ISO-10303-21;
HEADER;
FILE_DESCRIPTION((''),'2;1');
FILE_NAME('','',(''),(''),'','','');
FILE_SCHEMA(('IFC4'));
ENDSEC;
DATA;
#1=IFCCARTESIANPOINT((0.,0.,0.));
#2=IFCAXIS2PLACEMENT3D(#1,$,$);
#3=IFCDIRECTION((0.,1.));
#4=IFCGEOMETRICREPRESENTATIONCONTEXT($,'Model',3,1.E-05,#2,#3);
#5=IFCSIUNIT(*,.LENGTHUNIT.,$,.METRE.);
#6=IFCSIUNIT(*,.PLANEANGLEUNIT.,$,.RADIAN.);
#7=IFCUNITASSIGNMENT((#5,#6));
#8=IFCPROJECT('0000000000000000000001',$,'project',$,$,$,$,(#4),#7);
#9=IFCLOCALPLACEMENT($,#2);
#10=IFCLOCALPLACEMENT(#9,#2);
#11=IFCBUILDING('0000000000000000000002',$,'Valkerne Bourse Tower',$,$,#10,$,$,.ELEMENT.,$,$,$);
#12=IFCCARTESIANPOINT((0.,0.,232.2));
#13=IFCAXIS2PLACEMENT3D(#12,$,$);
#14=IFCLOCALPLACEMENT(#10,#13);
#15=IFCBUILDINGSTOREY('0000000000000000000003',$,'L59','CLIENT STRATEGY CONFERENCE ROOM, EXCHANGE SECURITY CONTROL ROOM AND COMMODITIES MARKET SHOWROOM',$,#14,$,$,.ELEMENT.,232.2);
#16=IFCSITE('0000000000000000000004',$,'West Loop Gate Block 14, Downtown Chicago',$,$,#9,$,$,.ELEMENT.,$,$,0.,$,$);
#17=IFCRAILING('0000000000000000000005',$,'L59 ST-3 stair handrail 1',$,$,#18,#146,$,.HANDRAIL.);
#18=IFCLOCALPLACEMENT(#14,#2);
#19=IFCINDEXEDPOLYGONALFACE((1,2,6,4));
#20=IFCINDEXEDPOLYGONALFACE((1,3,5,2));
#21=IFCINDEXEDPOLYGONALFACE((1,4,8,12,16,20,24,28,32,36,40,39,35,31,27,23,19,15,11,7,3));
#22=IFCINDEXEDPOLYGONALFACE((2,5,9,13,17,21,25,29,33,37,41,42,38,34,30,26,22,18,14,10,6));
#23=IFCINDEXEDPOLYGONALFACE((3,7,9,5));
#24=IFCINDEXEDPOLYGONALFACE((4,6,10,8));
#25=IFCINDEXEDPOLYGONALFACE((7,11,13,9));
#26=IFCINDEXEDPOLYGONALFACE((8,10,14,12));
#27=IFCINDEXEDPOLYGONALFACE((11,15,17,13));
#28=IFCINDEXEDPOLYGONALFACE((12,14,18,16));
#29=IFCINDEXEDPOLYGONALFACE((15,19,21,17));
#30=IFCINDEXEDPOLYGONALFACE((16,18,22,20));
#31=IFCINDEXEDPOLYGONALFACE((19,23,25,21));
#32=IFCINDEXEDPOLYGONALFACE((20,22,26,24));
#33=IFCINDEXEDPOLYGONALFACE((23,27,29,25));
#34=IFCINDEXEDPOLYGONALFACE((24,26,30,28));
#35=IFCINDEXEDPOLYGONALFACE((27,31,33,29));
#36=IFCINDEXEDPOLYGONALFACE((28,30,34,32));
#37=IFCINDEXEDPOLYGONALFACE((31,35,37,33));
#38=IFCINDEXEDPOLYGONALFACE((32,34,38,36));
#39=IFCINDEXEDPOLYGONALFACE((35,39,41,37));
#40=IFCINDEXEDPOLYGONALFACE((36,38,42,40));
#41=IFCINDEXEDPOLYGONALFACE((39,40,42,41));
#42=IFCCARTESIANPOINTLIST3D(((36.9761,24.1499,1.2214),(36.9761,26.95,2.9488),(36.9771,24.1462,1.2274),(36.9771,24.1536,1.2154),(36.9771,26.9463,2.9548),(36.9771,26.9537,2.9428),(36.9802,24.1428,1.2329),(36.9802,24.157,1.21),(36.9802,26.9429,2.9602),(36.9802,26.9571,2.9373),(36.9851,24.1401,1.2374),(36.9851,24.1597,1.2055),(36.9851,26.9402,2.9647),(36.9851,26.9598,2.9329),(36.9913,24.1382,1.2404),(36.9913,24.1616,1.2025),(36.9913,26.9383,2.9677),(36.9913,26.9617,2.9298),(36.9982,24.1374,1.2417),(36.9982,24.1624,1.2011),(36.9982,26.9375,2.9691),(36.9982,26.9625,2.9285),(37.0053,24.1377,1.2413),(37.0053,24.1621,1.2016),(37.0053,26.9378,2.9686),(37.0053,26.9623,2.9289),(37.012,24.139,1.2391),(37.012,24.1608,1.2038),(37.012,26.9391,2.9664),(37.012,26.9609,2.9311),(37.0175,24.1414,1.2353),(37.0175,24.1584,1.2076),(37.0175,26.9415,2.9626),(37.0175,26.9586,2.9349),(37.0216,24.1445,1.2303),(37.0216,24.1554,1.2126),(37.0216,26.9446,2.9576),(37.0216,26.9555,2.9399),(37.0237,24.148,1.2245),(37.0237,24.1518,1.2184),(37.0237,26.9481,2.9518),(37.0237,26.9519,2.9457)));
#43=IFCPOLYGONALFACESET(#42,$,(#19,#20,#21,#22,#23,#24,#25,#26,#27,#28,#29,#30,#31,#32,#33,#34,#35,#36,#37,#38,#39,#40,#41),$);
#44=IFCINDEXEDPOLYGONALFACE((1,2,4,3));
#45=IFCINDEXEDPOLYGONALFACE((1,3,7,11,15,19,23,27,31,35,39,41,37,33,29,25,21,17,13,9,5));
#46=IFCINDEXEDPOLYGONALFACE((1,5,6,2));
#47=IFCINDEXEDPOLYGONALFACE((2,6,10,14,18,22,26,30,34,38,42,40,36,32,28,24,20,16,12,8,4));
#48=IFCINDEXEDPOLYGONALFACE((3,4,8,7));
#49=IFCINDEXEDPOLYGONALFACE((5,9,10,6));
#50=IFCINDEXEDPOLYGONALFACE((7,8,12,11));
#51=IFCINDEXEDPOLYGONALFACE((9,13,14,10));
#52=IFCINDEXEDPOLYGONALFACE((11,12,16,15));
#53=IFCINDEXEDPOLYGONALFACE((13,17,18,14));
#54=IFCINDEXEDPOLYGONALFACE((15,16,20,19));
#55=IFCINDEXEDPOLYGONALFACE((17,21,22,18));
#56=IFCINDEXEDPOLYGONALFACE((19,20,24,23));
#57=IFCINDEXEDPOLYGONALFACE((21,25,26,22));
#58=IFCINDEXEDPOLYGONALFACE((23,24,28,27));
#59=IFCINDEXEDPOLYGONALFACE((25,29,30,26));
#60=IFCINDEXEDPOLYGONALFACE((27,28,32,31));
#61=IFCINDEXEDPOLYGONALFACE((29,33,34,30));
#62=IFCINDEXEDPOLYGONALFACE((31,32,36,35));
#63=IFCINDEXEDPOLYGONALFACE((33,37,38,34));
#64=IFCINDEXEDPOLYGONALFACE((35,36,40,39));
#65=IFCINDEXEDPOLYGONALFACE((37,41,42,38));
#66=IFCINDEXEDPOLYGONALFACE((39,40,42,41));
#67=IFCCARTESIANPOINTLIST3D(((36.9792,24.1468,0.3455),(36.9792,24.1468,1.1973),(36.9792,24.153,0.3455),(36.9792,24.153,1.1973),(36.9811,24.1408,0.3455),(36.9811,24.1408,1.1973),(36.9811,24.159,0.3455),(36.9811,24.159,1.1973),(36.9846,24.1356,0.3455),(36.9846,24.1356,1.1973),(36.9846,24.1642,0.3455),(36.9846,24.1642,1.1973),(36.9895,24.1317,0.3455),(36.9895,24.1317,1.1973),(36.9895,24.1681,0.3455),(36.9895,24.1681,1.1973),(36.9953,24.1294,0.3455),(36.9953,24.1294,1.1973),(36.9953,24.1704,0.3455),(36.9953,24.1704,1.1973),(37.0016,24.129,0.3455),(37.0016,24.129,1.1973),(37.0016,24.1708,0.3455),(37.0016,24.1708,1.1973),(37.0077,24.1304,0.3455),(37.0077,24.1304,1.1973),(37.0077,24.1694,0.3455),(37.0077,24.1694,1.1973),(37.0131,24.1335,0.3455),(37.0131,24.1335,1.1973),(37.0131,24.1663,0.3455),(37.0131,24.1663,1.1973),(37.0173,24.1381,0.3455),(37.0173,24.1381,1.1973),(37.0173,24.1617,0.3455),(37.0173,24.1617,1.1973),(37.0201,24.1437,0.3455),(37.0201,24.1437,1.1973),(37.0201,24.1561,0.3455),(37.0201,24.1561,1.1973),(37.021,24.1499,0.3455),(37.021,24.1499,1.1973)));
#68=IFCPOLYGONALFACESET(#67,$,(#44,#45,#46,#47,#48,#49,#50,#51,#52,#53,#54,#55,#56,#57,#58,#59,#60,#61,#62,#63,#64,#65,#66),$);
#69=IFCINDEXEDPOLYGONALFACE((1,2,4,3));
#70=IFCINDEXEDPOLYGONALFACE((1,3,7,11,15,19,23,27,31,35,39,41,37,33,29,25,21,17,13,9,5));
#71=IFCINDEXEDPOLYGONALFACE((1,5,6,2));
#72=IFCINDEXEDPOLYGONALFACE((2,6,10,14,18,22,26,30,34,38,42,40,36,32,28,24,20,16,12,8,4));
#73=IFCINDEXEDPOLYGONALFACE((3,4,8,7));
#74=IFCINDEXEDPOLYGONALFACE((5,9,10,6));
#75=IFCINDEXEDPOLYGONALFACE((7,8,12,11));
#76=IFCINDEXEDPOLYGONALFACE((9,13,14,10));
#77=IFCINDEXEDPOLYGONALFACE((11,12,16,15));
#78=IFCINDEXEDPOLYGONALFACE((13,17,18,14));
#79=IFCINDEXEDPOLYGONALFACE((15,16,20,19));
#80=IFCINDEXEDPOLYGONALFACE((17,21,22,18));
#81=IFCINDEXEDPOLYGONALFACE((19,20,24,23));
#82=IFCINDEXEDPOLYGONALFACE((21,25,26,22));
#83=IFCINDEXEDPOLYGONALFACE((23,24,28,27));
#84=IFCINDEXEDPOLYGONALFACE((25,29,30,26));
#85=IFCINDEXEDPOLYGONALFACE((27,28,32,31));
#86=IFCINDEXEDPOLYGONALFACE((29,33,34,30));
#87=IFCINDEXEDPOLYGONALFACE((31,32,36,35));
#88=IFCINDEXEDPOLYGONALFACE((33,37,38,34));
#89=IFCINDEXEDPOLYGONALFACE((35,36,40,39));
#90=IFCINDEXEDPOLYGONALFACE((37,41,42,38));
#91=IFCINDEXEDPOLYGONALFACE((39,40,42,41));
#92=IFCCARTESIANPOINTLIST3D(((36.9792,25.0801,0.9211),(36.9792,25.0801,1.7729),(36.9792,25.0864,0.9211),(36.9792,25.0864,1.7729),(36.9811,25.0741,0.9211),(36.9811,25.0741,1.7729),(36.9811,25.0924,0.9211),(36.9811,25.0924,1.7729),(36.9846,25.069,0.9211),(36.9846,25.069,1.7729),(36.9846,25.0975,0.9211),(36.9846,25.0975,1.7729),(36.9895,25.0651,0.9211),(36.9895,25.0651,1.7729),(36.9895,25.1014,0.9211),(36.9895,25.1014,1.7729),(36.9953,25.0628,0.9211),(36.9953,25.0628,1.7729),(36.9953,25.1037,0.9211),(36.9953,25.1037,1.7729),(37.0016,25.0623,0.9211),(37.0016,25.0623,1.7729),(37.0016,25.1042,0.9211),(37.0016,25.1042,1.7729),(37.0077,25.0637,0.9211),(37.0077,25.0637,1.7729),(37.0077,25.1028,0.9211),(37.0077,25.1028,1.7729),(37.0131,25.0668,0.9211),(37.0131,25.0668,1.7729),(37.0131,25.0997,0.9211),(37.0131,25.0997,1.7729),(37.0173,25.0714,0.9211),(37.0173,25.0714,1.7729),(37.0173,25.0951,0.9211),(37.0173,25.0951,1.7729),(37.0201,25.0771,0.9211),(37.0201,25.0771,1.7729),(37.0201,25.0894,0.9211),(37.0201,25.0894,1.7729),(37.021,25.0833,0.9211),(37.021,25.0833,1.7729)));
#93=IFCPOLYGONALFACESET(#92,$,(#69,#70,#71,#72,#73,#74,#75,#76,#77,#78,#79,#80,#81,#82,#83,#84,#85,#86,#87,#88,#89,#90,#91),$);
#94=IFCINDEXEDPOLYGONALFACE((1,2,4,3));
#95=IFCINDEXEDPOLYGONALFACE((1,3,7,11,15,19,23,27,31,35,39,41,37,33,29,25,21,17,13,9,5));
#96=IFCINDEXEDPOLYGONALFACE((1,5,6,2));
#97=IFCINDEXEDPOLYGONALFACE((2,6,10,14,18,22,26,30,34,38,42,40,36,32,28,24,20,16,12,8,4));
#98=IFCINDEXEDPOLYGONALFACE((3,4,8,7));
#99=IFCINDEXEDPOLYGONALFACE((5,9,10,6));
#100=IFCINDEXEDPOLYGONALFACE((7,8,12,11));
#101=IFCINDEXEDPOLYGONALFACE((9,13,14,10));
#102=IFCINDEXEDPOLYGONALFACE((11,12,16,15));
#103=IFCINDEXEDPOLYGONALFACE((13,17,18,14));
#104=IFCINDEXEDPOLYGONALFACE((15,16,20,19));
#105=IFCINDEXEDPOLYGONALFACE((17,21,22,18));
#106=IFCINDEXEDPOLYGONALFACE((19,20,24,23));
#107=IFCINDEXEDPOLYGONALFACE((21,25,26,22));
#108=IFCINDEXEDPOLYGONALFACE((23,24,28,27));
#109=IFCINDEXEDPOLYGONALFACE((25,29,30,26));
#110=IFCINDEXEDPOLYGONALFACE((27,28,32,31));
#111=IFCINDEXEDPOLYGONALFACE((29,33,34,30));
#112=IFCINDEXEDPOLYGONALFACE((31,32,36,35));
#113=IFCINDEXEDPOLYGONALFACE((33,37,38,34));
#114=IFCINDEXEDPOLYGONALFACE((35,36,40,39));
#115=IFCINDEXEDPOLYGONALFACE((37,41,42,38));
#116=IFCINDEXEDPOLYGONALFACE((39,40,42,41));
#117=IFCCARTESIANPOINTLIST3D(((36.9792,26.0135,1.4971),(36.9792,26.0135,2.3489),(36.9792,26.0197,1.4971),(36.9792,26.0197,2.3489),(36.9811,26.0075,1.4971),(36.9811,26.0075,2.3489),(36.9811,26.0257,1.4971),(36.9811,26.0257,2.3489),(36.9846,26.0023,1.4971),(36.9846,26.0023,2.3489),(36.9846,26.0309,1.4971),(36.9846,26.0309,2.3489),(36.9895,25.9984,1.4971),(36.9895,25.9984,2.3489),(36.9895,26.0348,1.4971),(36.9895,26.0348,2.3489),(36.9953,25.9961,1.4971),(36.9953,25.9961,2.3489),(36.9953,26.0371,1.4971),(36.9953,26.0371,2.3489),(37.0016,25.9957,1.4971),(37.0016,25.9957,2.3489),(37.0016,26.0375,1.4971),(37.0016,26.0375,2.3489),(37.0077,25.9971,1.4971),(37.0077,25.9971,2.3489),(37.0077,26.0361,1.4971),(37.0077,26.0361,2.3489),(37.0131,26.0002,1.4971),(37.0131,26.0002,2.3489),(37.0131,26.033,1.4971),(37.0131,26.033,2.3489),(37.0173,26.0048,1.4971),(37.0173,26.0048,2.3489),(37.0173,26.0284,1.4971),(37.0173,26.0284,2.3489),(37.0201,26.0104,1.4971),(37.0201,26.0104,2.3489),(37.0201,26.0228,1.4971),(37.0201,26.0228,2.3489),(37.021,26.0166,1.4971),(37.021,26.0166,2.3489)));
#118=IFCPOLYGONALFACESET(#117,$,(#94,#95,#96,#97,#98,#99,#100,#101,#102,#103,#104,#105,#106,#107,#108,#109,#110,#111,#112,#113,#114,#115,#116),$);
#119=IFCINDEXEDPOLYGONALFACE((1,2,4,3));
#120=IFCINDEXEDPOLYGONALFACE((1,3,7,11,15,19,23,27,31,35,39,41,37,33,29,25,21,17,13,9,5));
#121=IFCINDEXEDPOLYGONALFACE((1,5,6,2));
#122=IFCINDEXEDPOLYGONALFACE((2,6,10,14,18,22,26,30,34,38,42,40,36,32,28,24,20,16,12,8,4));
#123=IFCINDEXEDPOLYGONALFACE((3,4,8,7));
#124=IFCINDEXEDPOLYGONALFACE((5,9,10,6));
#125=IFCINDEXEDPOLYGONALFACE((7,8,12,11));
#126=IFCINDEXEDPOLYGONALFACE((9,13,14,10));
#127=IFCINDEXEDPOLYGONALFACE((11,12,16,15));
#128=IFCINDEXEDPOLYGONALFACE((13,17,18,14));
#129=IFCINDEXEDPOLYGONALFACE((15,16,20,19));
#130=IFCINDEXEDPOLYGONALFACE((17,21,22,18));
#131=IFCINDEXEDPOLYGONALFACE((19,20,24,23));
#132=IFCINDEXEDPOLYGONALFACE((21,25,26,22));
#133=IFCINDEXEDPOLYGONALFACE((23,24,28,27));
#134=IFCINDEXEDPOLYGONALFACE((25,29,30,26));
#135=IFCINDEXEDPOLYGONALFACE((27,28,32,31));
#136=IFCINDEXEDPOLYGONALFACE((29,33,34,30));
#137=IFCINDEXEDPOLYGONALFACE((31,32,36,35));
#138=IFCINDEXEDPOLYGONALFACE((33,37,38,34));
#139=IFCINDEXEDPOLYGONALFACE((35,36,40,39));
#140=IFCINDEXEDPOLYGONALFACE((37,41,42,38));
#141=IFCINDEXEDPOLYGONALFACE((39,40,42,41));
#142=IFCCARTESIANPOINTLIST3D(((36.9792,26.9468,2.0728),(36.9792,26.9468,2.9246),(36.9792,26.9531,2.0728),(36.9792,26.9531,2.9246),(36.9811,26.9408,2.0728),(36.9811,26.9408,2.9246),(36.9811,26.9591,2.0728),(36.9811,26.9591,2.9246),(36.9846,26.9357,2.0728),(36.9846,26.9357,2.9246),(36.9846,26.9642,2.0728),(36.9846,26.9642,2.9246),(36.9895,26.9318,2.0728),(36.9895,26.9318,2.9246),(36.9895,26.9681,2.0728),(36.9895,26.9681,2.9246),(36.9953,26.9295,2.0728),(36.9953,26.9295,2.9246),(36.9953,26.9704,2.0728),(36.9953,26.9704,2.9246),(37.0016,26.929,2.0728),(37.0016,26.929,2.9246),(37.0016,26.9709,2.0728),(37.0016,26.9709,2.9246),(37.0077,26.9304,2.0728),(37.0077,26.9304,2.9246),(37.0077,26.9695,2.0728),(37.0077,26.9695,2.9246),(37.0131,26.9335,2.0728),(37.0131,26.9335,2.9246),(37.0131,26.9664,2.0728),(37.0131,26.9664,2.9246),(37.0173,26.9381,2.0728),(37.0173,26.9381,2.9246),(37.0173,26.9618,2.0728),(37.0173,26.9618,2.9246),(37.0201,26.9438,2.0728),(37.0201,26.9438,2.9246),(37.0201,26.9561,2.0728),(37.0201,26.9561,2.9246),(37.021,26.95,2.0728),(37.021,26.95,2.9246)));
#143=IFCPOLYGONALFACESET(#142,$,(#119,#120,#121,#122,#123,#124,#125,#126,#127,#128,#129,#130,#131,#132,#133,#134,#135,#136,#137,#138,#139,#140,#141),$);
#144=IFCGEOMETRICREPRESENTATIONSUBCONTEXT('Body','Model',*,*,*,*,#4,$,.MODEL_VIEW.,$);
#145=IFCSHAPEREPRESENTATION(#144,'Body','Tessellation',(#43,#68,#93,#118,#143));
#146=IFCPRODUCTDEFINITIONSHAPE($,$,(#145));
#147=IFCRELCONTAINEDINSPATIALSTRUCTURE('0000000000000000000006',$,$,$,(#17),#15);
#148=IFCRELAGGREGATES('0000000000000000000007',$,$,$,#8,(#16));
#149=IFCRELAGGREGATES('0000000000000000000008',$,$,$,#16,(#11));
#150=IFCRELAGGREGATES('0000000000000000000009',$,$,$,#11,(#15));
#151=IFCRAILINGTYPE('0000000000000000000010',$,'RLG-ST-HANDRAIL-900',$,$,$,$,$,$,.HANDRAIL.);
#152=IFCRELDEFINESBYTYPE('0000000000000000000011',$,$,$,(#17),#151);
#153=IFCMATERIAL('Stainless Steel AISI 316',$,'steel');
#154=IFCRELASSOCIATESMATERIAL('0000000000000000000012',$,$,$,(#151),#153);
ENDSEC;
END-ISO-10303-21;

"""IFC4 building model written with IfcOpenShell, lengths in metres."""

from ifc_helpers import new_model, si_unit, direction, frame, origin, origin_2d, place, context, subcontext, project, spatial, circle, extrude, material, type_object, element, save


model = new_model("IFC4")

# Units and contexts
model_context = context("Model", 3, precision=1e-05, world=origin(), true_north=direction((0.0, 1.0)))
body_context = subcontext(model_context, "Body", "Model", "MODEL_VIEW")
ifc_project = project(units=[si_unit("LENGTHUNIT", "METRE"), si_unit("PLANEANGLEUNIT", "RADIAN")], contexts=[model_context])

# Site, building, storey
site_placement = place(None, origin())
site = spatial("IfcSite", under=ifc_project, at=site_placement, Name="West Loop Gate Block 14, Downtown Chicago", CompositionType="ELEMENT", RefElevation=0.0)
building_placement = place(site_placement, origin())
building = spatial("IfcBuilding", under=site, at=building_placement, Name="Valkerne Bourse Tower", CompositionType="ELEMENT")
storey_placement = place(building_placement, frame((0.0, 0.0, 232.2)))
storey = spatial("IfcBuildingStorey", under=building, at=storey_placement, Name="L59", Description="CLIENT STRATEGY CONFERENCE ROOM, EXCHANGE SECURITY CONTROL ROOM AND COMMODITIES MARKET SHOWROOM", CompositionType="ELEMENT", Elevation=232.2)

# Railing
ifc_material_1 = material(Name="Stainless Steel AISI 316", Category="steel")
railing_type_1 = type_object("IfcRailingType", Name="RLG-ST-HANDRAIL-900", PredefinedType="HANDRAIL", material=ifc_material_1)
railing_1_placement = place(storey_placement, frame((37.0, 24.1499, 0.3455)))
element("IfcRailing", 1, at=railing_1_placement, inside=storey, type_object=railing_type_1, Name="L59 ST-3 stair handrail 1", PredefinedType="HANDRAIL", context=body_context, shape_type="SweptSolid", body=[
    extrude(circle(Radius=0.0239, at=origin_2d()), frame((0.0, 0.0, 0.876), z_axis=(0.0, 0.85109, 0.52502), x_axis=(-1.0, 0.0, 0.0)), (0.0, 0.0, 1.0), 3.29),
    extrude(circle(Radius=0.021, at=origin_2d()), origin(), (0.0, 0.0, 1.0), 0.8518),
    extrude(circle(Radius=0.021, at=origin_2d()), frame((0.0, 0.9333, 0.5757)), (0.0, 0.0, 1.0), 0.8518),
    extrude(circle(Radius=0.021, at=origin_2d()), frame((0.0, 1.8667, 1.1516)), (0.0, 0.0, 1.0), 0.8518),
    extrude(circle(Radius=0.021, at=origin_2d()), frame((0.0, 2.8, 1.7273)), (0.0, 0.0, 1.0), 0.8518),
])

save(model, "model.ifc")
